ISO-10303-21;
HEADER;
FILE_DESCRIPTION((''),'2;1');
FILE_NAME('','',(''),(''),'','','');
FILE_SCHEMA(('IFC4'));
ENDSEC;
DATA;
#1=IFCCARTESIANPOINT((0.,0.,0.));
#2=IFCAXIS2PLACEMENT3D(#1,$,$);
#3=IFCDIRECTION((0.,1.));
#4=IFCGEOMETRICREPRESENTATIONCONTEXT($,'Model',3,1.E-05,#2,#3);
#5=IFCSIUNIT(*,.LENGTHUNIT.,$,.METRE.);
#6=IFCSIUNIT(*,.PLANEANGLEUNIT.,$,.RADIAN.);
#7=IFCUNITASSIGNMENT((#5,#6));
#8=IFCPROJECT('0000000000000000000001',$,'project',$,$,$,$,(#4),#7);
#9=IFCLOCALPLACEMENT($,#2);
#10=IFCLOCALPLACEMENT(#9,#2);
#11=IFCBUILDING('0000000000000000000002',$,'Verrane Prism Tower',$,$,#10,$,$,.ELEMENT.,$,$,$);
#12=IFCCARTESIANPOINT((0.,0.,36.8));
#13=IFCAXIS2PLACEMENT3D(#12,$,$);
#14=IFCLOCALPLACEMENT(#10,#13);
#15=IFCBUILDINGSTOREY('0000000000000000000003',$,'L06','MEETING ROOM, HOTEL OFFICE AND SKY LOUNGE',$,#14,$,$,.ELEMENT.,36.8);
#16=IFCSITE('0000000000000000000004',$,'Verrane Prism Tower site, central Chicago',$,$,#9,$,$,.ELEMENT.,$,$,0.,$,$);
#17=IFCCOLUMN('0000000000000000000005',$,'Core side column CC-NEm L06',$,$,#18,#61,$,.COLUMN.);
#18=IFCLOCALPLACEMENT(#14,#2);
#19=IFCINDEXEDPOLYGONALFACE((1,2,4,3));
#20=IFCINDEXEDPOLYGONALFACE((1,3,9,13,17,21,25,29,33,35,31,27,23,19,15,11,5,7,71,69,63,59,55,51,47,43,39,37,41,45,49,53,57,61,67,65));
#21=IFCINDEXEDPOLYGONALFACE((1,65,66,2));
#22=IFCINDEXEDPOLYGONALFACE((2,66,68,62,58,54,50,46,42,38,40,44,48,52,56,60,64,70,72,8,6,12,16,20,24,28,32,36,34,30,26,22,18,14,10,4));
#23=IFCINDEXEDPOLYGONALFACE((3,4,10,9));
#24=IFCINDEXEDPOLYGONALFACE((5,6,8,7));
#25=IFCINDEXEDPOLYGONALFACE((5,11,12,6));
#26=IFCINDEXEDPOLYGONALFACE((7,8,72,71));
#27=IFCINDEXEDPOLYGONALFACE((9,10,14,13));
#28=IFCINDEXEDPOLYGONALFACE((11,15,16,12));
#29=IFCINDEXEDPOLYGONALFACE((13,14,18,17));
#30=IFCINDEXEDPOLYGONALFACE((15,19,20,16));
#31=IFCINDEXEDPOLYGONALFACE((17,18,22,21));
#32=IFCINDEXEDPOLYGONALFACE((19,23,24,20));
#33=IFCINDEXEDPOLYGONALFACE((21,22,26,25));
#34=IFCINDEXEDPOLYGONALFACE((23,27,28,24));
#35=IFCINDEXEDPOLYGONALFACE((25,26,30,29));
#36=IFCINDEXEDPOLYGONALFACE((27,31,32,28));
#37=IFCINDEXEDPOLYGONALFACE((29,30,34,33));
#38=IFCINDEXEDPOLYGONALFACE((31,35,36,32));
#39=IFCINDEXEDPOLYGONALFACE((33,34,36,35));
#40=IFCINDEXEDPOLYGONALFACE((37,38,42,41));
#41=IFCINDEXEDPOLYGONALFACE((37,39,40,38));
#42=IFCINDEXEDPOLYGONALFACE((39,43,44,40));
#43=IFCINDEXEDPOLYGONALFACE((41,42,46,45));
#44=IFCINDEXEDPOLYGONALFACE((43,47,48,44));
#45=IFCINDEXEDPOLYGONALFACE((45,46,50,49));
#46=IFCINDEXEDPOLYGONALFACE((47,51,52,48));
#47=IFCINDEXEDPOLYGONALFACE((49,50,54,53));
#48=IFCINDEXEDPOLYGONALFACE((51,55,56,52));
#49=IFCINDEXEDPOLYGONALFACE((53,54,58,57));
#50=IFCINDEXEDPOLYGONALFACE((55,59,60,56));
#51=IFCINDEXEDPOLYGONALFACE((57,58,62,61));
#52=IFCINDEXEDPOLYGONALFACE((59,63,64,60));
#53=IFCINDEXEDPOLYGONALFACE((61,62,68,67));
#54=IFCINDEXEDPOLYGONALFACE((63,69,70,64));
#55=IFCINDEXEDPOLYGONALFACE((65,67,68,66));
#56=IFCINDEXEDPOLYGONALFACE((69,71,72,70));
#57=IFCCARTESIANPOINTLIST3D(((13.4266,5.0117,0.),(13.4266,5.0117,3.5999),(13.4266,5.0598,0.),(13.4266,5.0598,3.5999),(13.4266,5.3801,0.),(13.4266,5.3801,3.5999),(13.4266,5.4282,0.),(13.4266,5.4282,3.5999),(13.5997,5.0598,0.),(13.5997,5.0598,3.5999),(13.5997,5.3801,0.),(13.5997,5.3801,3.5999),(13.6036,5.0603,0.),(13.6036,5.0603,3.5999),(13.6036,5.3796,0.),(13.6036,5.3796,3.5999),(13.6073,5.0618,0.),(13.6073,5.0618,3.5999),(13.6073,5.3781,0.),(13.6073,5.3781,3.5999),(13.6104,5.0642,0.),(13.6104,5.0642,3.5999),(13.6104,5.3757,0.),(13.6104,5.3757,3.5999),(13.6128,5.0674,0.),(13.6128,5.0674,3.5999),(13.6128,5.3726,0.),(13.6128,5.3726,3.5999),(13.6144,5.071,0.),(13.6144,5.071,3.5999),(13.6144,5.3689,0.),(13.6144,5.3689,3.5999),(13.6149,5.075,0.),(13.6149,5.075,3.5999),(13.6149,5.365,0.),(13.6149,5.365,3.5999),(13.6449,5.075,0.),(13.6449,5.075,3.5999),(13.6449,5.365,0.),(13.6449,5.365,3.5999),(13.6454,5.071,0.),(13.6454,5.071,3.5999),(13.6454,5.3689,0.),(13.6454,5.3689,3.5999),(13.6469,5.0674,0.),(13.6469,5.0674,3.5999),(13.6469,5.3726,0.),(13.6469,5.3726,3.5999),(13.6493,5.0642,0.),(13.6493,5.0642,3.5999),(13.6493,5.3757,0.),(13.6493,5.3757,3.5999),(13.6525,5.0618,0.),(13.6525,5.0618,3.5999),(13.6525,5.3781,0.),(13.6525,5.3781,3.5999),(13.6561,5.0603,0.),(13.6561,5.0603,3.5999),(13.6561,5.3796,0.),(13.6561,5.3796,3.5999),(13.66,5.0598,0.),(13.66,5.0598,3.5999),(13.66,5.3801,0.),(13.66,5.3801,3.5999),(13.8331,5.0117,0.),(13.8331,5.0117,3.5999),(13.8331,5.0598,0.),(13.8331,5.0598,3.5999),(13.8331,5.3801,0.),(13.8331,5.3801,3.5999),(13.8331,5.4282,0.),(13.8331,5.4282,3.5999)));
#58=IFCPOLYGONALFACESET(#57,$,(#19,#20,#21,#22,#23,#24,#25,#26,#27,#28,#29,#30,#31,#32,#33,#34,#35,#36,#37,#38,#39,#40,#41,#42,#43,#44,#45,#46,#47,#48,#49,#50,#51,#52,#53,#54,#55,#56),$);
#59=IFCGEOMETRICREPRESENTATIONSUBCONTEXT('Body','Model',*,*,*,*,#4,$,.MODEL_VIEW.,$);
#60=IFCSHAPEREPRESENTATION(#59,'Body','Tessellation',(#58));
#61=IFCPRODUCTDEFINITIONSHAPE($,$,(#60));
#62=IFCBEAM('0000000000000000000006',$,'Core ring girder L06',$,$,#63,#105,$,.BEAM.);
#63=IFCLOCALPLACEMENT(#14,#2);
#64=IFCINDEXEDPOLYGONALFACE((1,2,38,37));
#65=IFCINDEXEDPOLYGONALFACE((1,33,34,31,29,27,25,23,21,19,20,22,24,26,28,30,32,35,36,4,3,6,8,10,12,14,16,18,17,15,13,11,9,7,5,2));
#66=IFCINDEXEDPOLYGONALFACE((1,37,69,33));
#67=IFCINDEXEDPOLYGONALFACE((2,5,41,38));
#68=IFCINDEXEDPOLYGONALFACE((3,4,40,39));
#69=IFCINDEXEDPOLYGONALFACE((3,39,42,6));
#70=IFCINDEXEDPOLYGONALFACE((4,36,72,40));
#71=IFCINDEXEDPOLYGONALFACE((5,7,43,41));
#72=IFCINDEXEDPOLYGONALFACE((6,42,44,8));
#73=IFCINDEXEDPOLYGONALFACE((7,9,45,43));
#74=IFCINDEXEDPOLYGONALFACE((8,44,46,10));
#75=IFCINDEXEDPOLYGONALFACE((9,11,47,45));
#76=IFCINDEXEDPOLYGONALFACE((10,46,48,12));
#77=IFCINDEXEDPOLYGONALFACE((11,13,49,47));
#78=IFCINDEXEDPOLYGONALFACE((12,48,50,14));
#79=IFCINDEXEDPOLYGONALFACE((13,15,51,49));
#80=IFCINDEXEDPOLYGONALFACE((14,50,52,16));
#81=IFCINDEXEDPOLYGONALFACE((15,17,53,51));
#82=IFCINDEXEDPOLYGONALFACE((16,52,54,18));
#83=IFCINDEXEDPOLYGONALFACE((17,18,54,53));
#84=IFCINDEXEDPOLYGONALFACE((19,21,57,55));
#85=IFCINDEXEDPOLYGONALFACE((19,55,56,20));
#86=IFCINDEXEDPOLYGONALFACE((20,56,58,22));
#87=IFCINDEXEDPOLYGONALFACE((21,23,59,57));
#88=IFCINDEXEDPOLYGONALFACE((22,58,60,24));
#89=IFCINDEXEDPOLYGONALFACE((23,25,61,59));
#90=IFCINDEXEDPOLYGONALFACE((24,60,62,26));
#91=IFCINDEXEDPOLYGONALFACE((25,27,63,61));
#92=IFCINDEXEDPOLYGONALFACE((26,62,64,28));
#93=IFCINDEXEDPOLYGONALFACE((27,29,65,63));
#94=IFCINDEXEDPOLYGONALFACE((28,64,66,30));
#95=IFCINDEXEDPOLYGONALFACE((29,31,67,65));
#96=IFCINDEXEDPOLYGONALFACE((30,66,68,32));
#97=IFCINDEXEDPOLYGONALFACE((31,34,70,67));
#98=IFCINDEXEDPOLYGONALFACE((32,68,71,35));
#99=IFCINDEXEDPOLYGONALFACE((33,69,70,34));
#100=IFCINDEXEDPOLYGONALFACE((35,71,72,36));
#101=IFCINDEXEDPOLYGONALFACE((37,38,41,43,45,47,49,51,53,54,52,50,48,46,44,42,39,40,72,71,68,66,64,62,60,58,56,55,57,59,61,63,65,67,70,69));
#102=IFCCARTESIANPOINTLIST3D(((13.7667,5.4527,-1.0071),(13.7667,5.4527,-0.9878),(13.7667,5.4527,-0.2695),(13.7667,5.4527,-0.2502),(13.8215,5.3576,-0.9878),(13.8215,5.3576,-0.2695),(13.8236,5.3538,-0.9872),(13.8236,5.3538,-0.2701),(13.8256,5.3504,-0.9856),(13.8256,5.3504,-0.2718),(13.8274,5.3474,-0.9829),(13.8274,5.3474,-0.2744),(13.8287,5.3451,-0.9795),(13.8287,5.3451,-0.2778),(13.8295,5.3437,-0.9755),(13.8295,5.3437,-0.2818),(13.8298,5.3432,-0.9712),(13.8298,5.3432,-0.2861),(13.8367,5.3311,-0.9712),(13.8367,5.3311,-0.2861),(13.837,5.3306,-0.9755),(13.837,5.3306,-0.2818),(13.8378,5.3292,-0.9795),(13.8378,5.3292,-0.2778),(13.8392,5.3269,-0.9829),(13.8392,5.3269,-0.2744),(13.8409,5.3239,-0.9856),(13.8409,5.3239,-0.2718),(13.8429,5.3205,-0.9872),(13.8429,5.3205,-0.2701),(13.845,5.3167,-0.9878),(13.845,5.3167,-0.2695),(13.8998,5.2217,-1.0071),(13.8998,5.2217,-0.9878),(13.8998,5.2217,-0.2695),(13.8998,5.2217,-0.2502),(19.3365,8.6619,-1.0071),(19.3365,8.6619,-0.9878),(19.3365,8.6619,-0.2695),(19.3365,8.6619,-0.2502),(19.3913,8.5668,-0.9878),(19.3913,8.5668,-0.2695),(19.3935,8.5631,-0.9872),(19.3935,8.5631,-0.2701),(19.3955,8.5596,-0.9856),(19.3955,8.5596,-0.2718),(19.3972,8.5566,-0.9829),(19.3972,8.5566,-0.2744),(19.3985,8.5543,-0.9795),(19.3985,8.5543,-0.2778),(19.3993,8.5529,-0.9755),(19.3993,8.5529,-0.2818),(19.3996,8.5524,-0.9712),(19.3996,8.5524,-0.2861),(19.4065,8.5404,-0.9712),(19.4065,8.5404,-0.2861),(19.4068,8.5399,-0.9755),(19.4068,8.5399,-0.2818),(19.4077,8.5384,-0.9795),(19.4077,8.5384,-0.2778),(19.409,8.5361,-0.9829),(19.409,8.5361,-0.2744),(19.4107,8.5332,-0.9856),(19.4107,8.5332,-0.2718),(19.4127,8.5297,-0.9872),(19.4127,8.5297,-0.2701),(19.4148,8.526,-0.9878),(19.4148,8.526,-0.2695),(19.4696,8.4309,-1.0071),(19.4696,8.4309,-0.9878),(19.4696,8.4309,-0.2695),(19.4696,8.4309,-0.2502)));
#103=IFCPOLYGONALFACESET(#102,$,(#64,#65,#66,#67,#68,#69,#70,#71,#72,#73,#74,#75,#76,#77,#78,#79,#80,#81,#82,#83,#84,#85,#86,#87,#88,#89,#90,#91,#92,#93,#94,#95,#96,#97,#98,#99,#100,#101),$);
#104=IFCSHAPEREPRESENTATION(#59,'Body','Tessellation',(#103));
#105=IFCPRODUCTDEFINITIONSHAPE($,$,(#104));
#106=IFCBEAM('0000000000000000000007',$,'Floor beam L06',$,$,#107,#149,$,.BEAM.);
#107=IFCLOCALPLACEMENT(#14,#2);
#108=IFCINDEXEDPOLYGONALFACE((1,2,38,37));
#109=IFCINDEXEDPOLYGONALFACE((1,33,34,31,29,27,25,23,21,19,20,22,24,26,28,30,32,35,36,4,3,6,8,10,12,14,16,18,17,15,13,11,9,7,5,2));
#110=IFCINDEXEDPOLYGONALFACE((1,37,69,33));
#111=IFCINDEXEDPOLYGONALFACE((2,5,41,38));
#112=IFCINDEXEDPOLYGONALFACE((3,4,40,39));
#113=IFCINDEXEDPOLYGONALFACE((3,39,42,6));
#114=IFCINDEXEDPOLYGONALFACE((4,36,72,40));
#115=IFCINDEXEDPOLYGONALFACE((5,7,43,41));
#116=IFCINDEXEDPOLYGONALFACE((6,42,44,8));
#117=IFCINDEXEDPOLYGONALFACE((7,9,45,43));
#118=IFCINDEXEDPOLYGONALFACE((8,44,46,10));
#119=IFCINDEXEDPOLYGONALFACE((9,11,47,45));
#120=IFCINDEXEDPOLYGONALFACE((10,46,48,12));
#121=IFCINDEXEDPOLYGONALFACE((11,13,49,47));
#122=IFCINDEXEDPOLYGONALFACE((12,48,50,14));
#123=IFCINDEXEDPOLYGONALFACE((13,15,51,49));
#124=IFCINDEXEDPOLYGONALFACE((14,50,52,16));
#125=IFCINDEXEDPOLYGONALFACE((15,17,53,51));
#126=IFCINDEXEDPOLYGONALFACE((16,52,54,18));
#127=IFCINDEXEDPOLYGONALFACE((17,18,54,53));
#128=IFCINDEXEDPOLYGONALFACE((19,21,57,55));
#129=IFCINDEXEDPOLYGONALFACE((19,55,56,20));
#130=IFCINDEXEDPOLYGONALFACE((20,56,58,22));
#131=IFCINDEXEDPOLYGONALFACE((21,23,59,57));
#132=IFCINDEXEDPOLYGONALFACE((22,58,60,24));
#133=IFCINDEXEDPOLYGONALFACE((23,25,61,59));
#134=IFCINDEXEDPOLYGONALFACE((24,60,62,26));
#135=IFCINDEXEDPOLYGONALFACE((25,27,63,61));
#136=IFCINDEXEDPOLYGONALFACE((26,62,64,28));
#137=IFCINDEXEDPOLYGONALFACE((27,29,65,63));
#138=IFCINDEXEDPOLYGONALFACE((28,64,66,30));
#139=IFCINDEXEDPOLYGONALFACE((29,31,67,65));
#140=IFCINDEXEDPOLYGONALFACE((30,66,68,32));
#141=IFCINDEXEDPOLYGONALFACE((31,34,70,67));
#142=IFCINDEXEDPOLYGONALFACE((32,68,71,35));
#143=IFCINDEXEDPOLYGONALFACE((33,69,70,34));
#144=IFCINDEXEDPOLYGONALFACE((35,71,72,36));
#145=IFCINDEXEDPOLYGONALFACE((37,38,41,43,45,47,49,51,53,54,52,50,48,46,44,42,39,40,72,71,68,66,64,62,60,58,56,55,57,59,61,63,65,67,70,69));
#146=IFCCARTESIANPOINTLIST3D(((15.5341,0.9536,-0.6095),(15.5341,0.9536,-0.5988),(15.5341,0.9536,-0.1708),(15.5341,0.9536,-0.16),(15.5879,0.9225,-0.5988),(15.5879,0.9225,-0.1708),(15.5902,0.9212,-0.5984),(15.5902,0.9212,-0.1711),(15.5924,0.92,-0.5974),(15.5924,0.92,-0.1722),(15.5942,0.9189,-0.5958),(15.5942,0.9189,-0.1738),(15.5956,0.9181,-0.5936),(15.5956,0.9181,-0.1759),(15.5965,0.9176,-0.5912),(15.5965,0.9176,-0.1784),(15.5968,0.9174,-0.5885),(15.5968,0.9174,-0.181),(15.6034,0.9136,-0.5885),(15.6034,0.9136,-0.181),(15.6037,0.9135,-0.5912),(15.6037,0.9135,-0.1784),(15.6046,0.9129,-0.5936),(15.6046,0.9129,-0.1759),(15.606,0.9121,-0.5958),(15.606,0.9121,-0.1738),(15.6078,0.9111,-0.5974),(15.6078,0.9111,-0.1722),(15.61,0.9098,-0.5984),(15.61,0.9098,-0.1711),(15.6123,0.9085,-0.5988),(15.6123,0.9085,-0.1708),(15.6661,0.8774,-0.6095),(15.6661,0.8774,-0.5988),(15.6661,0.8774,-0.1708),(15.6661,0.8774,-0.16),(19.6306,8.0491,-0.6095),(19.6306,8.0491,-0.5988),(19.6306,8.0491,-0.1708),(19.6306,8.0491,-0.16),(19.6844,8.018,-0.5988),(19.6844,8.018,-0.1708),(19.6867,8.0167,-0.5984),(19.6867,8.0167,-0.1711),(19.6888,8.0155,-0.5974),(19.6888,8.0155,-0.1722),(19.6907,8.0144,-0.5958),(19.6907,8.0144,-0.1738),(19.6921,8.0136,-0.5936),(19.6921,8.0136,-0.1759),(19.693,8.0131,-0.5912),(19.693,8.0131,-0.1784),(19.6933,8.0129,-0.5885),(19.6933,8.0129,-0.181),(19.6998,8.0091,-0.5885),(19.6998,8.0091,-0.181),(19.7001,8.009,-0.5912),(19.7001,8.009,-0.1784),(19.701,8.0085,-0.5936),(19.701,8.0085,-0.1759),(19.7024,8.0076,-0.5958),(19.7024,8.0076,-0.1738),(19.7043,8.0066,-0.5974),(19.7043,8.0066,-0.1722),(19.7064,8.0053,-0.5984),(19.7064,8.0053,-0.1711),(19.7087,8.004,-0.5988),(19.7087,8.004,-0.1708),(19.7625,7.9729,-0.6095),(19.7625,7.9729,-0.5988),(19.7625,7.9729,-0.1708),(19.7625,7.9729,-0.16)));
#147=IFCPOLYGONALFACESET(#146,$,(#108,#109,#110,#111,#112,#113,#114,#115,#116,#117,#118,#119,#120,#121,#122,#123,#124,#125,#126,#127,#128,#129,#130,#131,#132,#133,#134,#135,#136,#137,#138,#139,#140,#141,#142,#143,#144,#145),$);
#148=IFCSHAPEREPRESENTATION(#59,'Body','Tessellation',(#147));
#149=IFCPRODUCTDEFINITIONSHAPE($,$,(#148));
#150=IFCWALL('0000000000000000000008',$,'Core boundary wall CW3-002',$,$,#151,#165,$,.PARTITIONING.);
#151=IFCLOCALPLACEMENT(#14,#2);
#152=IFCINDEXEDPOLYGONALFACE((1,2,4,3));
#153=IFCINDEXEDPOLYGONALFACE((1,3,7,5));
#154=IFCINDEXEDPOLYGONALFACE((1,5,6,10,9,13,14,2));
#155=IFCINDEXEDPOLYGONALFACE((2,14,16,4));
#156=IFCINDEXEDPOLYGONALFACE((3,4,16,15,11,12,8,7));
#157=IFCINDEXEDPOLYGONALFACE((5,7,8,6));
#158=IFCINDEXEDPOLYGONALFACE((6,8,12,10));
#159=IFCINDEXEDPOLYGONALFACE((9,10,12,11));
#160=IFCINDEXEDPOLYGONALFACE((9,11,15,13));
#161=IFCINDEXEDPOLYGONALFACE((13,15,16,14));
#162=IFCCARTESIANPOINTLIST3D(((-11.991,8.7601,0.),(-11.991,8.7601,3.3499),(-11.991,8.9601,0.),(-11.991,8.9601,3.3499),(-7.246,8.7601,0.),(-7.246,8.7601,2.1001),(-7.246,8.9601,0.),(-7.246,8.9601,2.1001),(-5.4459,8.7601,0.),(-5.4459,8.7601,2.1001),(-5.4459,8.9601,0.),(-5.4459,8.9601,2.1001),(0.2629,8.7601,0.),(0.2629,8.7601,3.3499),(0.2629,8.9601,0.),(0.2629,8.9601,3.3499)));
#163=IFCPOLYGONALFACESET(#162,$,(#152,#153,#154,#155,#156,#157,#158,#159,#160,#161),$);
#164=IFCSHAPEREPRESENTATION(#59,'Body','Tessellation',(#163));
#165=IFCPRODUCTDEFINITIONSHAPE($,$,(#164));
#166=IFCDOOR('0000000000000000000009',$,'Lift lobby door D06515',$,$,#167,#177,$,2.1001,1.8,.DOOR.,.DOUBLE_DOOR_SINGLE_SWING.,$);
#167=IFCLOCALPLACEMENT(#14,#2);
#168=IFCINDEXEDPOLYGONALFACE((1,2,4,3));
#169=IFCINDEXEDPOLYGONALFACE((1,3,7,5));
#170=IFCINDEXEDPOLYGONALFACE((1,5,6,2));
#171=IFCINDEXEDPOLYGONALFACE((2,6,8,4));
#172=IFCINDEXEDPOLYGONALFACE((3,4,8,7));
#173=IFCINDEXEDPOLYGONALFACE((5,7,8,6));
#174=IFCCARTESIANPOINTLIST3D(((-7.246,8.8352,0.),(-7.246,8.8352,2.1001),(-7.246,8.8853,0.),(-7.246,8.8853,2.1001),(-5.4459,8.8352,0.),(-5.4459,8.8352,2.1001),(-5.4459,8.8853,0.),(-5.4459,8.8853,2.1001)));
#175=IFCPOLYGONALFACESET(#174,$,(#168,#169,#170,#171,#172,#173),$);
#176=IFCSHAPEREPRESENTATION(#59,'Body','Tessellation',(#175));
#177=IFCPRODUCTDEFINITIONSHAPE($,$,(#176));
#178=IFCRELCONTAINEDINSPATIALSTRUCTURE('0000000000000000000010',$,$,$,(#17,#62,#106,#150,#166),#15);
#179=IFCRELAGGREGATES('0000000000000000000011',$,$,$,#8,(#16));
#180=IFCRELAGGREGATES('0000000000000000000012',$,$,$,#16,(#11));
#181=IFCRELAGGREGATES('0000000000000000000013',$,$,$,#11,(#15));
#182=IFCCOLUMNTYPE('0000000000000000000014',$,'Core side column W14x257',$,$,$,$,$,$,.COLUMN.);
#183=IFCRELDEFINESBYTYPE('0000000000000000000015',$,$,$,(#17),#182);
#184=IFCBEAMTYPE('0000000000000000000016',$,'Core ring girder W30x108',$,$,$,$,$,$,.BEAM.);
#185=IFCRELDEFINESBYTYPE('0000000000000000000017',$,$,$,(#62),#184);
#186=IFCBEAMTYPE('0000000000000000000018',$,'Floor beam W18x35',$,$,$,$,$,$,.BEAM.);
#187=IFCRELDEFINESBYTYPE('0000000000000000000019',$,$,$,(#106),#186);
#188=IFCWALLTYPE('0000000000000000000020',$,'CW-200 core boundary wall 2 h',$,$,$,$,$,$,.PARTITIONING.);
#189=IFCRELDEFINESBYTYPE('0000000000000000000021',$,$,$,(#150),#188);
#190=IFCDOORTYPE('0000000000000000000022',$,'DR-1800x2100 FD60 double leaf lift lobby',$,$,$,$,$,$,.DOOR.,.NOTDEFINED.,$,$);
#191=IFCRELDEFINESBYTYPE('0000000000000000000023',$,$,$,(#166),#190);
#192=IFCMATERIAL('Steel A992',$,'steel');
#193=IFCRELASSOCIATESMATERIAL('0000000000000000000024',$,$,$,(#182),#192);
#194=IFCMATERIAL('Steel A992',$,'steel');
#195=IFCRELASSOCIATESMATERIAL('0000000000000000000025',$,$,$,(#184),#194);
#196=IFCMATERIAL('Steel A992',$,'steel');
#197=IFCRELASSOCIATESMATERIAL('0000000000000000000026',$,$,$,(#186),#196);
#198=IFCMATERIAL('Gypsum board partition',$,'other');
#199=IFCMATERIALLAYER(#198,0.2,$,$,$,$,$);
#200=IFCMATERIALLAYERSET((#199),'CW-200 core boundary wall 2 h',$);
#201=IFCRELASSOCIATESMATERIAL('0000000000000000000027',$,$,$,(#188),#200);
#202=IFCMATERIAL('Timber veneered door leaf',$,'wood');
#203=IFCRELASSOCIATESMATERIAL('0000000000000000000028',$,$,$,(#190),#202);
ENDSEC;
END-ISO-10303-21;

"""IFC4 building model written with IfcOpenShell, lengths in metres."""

from ifc_helpers import new_model, si_unit, direction, frame, frame_2d, origin, origin_2d, place, context, subcontext, project, spatial, rectangle, i_section, extrude, material, layer, layer_set, material_profile, profile_set, type_object, element, fill, save


model = new_model("IFC4")

# Units and contexts
model_context = context("Model", 3, precision=1e-05, world=origin(), true_north=direction((0.0, 1.0)))
body_context = subcontext(model_context, "Body", "Model", "MODEL_VIEW")
ifc_project = project(units=[si_unit("LENGTHUNIT", "METRE"), si_unit("PLANEANGLEUNIT", "RADIAN")], contexts=[model_context])

# Site, building, storey
site_placement = place(None, origin())
site = spatial("IfcSite", under=ifc_project, at=site_placement, Name="Verrane Prism Tower site, central Chicago", CompositionType="ELEMENT", RefElevation=0.0)
building_placement = place(site_placement, origin())
building = spatial("IfcBuilding", under=site, at=building_placement, Name="Verrane Prism Tower", CompositionType="ELEMENT")
storey_placement = place(building_placement, frame((0.0, 0.0, 36.8)))
storey = spatial("IfcBuildingStorey", under=building, at=storey_placement, Name="L06", Description="MEETING ROOM, HOTEL OFFICE AND SKY LOUNGE", CompositionType="ELEMENT", Elevation=36.8)

# Column
ifc_material_1 = material(Name="Steel A992", Category="steel")
ifc_material_profile_1 = material_profile(ifc_material_1, i_section(OverallWidth=0.4065, OverallDepth=0.4165, WebThickness=0.03, FlangeThickness=0.0481, FilletRadius=0.0151, at=origin_2d()), Name="W14x257")
ifc_profile_set_1 = profile_set([ifc_material_profile_1], Name="Steel A992")
column_type = type_object("IfcColumnType", Name="Core side column W14x257", PredefinedType="COLUMN", material=ifc_profile_set_1)
column_placement = place(storey_placement, frame((13.6299, 5.22, 0.0), z_axis=(0.0, 0.0, 1.0), x_axis=(1.0, 0.0, 0.0)))
element("IfcColumn", 1, at=column_placement, inside=storey, type_object=column_type, Name="Core side column CC-NEm L06", PredefinedType="COLUMN", context=body_context, shape_type="SweptSolid", body=[
    extrude(i_section(OverallWidth=0.4065, OverallDepth=0.4165, WebThickness=0.03, FlangeThickness=0.0481, FilletRadius=0.0151, at=origin_2d()), origin(), (0.0, 0.0, 1.0), 3.5999),
])

# Beams
ifc_material_2 = material(Name="Steel A992", Category="steel")
ifc_material_profile_2 = material_profile(ifc_material_2, i_section(OverallWidth=0.2666, OverallDepth=0.7568, WebThickness=0.0139, FlangeThickness=0.0193, FilletRadius=0.0166, at=origin_2d()), Name="W30x108")
ifc_profile_set_2 = profile_set([ifc_material_profile_2], Name="Steel A992")
beam_type_1 = type_object("IfcBeamType", Name="Core ring girder W30x108", PredefinedType="BEAM", material=ifc_profile_set_2)
beam_1_placement = place(storey_placement, frame((13.8333, 5.3372, -0.6287), z_axis=(0.866464, 0.49924, 0.0), x_axis=(-0.49924, 0.866464, 0.0)))
element("IfcBeam", 2, at=beam_1_placement, inside=storey, type_object=beam_type_1, Name="Core ring girder L06", PredefinedType="BEAM", context=body_context, shape_type="SweptSolid", body=[
    extrude(i_section(OverallWidth=0.2666, OverallDepth=0.7568, WebThickness=0.0139, FlangeThickness=0.0193, FilletRadius=0.0166, at=origin_2d()), origin(), (0.0, 0.0, 1.0), 6.4282),
])
ifc_material_3 = material(Name="Steel A992", Category="steel")
ifc_material_profile_3 = material_profile(ifc_material_3, i_section(OverallWidth=0.1523, OverallDepth=0.4495, WebThickness=0.0076, FlangeThickness=0.0107, FilletRadius=0.0103, at=origin_2d()), Name="W18x35")
ifc_profile_set_3 = profile_set([ifc_material_profile_3], Name="Steel A992")
beam_type_2 = type_object("IfcBeamType", Name="Floor beam W18x35", PredefinedType="BEAM", material=ifc_profile_set_3)
beam_2_placement = place(storey_placement, frame((15.6001, 0.9155, -0.3848), z_axis=(0.499988, 0.866032, 0.0), x_axis=(-0.866032, 0.499988, 0.0)))
element("IfcBeam", 3, at=beam_2_placement, inside=storey, type_object=beam_type_2, Name="Floor beam L06", PredefinedType="BEAM", context=body_context, shape_type="SweptSolid", body=[
    extrude(i_section(OverallWidth=0.1523, OverallDepth=0.4495, WebThickness=0.0076, FlangeThickness=0.0107, FilletRadius=0.0103, at=origin_2d()), origin(), (0.0, 0.0, 1.0), 8.1931),
])

# Wall, opening, door
ifc_material_4 = material(Name="Gypsum board partition", Category="other")
ifc_layer_1 = layer(ifc_material_4, 0.2)
ifc_layer_set_1 = layer_set([ifc_layer_1], Name="CW-200 core boundary wall 2 h")
wall_type_1 = type_object("IfcWallType", Name="CW-200 core boundary wall 2 h", PredefinedType="PARTITIONING", material=ifc_layer_set_1)
wall_1_placement = place(storey_placement, frame((0.2629, 8.8601, 0.0), z_axis=(0.0, 0.0, 1.0), x_axis=(-1.0, 0.0, 0.0)))
wall_1 = element("IfcWall", 4, at=wall_1_placement, inside=storey, type_object=wall_type_1, Name="Core boundary wall CW3-002", PredefinedType="PARTITIONING", context=body_context, shape_type="SweptSolid", body=[
    extrude(rectangle(XDim=12.2539, YDim=0.2, at=frame_2d((6.127, 0.0))), origin(), (0.0, 0.0, 1.0), 3.3499),
])
opening_1_placement = place(wall_1_placement, frame((5.709, 0.0, 0.0)))
opening_1 = element("IfcOpeningElement", 5, at=opening_1_placement, cuts=wall_1, PredefinedType="OPENING", context=body_context, shape_type="SweptSolid", body=[
    extrude(rectangle(XDim=1.8, YDim=2.1001, at=frame_2d((0.8999, 1.05))), frame((0.0, 0.1099, 0.0), z_axis=(0.0, -1.0, 0.0), x_axis=(1.0, 0.0, 0.0)), (0.0, 0.0, 1.0), 0.22),
])
ifc_material_5 = material(Name="Timber veneered door leaf", Category="wood")
door_type_1 = type_object("IfcDoorType", Name="DR-1800x2100 FD60 double leaf lift lobby", OperationType="NOTDEFINED", PredefinedType="DOOR", material=ifc_material_5)
door_1_placement = place(opening_1_placement, origin())
door_1 = element("IfcDoor", 6, at=door_1_placement, inside=storey, type_object=door_type_1, Name="Lift lobby door D06515", OperationType="DOUBLE_DOOR_SINGLE_SWING", OverallHeight=2.1001, OverallWidth=1.8, PredefinedType="DOOR", context=body_context, shape_type="SweptSolid", body=[
    extrude(rectangle(XDim=1.8, YDim=2.1001, at=frame_2d((0.8999, 1.05))), frame((0.0, 0.0249, 0.0), z_axis=(0.0, -1.0, 0.0), x_axis=(1.0, 0.0, 0.0)), (0.0, 0.0, 1.0), 0.05),
])
fill(opening_1, door_1)

save(model, "model.ifc")
